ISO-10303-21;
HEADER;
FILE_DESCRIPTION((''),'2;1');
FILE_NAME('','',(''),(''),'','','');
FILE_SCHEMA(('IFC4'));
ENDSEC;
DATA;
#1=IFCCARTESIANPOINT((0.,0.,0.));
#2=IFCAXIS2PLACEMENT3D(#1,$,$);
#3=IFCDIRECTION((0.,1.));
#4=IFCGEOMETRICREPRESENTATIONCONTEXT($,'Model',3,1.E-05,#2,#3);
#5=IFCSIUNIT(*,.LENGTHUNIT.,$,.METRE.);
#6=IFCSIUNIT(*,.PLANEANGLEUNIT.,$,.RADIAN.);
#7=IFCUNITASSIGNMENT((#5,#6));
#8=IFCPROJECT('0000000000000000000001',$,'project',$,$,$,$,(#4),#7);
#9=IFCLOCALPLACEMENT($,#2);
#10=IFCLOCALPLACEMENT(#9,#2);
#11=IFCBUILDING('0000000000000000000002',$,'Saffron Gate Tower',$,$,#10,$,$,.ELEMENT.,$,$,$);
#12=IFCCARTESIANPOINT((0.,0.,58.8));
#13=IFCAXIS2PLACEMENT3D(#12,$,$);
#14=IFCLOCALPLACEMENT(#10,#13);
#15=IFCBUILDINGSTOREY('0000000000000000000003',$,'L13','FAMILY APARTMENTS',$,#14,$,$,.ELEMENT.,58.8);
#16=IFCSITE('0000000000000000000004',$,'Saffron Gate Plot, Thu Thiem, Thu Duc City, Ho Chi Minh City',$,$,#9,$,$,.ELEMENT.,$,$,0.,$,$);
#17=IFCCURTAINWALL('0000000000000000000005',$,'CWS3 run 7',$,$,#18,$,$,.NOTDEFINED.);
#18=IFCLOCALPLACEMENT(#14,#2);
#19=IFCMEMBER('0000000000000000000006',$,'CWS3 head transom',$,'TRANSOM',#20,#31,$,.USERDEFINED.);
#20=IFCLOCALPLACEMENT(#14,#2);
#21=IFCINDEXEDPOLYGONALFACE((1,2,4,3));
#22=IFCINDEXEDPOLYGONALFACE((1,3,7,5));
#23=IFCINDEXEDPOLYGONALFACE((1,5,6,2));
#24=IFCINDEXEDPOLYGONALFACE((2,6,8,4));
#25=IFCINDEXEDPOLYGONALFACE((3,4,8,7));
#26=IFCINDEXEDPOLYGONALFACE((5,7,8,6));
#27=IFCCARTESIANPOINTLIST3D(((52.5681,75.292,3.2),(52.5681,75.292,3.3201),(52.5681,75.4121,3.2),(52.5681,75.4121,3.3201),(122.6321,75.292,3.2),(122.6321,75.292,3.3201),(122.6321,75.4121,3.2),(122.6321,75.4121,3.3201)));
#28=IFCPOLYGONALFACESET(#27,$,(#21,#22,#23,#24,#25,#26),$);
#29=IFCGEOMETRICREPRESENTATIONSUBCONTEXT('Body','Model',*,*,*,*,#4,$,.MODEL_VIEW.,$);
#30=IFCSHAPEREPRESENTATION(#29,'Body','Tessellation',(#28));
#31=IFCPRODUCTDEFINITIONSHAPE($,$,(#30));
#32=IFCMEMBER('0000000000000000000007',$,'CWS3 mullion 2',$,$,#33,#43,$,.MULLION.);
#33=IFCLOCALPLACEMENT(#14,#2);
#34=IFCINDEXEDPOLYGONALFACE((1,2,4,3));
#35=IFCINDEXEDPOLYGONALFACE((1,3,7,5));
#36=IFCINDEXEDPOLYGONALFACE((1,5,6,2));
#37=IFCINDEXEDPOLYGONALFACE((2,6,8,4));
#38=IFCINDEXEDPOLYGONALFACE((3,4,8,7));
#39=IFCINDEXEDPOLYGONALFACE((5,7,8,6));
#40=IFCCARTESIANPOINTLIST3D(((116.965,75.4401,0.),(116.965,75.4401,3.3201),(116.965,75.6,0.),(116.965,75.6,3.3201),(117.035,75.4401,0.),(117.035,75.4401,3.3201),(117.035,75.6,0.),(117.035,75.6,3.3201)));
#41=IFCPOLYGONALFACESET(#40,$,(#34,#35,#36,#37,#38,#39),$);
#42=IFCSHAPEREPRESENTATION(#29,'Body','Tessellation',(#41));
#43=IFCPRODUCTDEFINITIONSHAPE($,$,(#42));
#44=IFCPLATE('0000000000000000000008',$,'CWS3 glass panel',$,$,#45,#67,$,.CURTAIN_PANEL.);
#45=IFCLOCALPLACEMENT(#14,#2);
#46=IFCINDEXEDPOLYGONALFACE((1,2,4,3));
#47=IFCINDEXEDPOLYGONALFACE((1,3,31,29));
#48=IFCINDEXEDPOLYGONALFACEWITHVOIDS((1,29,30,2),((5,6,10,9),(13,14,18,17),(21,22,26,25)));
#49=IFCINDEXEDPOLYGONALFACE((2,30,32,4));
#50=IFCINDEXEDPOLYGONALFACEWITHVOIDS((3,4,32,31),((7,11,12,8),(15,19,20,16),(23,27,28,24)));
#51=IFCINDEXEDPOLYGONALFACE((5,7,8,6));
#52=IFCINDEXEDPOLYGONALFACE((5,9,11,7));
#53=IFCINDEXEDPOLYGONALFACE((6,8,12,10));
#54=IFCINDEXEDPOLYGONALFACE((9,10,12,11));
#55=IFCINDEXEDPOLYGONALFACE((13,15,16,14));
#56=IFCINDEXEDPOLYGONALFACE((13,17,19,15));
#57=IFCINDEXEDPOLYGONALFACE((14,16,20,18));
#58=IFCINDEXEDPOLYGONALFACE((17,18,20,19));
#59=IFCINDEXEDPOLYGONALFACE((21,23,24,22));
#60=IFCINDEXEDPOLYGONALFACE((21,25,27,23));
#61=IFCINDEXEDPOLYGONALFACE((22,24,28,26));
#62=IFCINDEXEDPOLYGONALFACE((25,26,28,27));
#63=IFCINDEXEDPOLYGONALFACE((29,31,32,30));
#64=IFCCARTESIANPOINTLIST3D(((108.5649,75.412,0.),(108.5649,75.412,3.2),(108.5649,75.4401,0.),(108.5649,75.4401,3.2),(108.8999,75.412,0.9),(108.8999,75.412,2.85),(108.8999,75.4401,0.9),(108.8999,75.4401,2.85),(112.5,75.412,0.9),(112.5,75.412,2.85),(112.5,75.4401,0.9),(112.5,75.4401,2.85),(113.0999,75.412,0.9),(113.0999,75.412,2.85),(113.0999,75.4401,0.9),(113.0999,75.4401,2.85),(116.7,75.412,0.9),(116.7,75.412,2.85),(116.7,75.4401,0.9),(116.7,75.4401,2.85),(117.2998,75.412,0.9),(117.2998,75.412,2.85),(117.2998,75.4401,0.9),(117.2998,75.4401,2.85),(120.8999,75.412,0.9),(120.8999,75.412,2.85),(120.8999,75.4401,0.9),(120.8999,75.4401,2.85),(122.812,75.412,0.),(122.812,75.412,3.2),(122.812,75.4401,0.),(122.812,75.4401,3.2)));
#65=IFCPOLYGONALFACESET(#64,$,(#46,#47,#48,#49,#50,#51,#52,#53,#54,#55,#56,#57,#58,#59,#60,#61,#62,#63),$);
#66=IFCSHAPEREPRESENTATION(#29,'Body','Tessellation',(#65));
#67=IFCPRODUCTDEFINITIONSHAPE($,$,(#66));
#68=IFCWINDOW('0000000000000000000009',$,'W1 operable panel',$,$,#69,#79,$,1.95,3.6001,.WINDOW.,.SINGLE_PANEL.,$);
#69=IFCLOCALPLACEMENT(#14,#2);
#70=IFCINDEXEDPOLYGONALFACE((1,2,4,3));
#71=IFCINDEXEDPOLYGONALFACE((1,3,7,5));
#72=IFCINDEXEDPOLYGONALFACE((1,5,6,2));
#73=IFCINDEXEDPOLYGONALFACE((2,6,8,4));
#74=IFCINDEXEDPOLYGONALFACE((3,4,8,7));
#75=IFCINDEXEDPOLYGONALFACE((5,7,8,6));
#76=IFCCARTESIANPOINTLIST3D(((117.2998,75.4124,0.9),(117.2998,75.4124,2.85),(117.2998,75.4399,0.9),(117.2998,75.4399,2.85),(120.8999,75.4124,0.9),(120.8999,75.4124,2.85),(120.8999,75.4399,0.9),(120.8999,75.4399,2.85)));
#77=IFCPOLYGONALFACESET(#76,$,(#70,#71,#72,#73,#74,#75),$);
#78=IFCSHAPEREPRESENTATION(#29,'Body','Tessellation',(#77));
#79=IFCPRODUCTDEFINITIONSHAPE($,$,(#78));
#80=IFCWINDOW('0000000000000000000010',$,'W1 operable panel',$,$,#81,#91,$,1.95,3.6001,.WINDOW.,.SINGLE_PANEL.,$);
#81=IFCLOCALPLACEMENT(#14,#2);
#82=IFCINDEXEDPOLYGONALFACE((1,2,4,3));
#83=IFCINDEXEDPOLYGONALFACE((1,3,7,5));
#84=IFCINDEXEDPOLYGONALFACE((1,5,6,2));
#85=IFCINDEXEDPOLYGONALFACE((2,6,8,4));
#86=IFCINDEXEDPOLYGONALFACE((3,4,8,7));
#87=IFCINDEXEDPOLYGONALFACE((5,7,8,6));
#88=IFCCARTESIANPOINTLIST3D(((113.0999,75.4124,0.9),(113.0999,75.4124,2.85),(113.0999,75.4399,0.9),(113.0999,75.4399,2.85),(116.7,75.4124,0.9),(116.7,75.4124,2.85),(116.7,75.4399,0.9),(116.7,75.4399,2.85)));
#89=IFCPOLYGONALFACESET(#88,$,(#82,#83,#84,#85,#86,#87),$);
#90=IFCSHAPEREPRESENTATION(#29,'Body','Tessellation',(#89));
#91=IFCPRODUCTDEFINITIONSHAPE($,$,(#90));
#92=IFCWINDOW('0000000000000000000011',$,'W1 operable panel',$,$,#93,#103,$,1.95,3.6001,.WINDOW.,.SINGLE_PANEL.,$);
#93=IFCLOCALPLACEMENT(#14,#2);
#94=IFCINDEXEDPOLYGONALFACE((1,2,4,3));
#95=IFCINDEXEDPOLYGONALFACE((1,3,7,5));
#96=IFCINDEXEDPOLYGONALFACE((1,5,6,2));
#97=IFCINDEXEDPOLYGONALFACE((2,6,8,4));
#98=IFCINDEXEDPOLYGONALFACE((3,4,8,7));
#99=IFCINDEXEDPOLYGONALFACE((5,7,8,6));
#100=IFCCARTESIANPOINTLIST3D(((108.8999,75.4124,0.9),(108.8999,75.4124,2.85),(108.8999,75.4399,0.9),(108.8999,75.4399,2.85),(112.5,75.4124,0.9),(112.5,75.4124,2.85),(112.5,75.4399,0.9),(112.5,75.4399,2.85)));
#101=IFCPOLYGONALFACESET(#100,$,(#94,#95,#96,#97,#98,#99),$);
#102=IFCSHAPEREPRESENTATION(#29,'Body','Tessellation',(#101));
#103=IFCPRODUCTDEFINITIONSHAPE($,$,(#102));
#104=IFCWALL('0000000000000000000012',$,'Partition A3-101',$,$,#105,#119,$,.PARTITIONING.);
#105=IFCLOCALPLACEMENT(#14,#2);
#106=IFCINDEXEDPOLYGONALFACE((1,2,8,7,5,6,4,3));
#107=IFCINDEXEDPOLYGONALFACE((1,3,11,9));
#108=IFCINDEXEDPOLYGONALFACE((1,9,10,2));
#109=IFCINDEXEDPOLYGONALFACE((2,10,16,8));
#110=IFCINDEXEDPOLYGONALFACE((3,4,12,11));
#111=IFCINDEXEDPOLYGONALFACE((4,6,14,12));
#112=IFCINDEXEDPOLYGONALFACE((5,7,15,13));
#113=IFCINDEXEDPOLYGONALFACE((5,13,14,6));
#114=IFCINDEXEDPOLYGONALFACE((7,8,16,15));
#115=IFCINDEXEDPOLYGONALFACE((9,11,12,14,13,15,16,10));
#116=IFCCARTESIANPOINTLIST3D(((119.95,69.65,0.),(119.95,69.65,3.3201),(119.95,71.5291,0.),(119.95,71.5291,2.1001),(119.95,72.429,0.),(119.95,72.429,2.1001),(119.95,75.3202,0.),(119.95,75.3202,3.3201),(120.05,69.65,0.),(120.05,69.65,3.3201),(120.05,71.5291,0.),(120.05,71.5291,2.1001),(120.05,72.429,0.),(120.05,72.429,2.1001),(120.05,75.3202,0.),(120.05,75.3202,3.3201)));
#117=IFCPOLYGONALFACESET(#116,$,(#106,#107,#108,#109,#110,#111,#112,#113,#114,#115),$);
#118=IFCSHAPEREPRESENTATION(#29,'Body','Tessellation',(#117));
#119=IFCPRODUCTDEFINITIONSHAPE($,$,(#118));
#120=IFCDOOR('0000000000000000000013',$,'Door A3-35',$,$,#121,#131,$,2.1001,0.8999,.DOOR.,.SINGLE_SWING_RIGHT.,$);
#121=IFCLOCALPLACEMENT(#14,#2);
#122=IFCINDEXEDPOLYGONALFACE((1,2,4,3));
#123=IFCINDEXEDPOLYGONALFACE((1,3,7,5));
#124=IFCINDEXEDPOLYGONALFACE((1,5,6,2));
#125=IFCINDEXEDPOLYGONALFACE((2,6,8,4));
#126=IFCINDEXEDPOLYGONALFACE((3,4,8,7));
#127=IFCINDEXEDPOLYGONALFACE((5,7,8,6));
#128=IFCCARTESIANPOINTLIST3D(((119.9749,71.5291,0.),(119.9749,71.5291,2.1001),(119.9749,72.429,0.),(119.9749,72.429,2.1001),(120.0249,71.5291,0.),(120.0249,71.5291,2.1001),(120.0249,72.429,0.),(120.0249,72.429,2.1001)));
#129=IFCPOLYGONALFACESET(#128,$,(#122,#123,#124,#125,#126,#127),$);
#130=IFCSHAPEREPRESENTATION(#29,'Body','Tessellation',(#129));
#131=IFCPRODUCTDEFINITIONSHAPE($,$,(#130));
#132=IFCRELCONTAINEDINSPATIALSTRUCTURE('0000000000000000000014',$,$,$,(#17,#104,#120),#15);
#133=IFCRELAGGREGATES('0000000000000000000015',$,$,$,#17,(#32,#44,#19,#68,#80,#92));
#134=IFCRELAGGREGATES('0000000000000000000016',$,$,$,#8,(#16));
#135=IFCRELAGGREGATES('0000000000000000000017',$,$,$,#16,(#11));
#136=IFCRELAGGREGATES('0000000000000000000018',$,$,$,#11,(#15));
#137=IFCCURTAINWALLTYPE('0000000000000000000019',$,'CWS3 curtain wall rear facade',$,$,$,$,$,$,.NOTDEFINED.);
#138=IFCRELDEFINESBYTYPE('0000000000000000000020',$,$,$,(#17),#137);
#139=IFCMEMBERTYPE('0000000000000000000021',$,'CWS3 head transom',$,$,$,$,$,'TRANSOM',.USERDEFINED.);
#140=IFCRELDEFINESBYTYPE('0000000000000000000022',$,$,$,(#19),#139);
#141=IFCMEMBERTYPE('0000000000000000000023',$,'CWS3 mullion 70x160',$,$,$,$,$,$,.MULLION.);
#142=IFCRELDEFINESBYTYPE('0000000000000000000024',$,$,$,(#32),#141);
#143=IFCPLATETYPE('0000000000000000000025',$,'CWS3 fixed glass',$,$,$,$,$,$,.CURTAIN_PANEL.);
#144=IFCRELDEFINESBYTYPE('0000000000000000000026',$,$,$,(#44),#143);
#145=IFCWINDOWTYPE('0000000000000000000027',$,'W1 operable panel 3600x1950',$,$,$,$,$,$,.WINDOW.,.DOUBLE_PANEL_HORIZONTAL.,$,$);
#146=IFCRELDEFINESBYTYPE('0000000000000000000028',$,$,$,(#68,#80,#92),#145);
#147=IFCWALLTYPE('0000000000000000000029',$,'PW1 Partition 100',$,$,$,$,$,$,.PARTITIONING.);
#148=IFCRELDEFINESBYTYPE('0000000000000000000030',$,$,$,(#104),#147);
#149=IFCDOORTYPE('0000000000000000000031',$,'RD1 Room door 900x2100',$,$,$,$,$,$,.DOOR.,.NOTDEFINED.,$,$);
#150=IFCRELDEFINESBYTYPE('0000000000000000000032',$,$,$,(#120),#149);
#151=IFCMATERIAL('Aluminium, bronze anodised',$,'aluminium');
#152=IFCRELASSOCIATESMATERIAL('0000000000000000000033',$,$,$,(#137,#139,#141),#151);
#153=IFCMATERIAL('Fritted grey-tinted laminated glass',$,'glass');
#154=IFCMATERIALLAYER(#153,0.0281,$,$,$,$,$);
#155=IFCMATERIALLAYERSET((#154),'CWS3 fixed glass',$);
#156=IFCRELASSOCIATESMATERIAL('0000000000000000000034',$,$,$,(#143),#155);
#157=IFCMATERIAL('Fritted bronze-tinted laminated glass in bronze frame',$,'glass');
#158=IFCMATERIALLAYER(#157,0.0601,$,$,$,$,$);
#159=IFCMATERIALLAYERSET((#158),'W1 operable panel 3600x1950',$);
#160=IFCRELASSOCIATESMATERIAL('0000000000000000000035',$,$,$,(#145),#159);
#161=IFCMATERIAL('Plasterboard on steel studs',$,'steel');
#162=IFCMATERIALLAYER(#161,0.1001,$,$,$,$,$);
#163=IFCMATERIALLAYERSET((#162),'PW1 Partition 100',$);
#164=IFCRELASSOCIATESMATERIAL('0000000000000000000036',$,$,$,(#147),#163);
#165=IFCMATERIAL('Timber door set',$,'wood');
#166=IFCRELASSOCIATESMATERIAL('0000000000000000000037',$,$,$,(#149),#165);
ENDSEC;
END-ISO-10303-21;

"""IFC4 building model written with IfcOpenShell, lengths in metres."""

from ifc_helpers import new_model, si_unit, direction, frame, frame_2d, origin, origin_2d, place, context, subcontext, project, spatial, rectangle, extrude, material, layer, layer_set, material_profile, profile_set, type_object, element, fill, aggregate, save


model = new_model("IFC4")

# Units and contexts
model_context = context("Model", 3, precision=1e-05, world=origin(), true_north=direction((0.0, 1.0)))
body_context = subcontext(model_context, "Body", "Model", "MODEL_VIEW")
ifc_project = project(units=[si_unit("LENGTHUNIT", "METRE"), si_unit("PLANEANGLEUNIT", "RADIAN")], contexts=[model_context])

# Site, building, storey
site_placement = place(None, origin())
site = spatial("IfcSite", under=ifc_project, at=site_placement, Name="Saffron Gate Plot, Thu Thiem, Thu Duc City, Ho Chi Minh City", CompositionType="ELEMENT", RefElevation=0.0)
building_placement = place(site_placement, origin())
building = spatial("IfcBuilding", under=site, at=building_placement, Name="Saffron Gate Tower", CompositionType="ELEMENT")
storey_placement = place(building_placement, frame((0.0, 0.0, 58.8)))
storey = spatial("IfcBuildingStorey", under=building, at=storey_placement, Name="L13", Description="FAMILY APARTMENTS", CompositionType="ELEMENT", Elevation=58.8)

# Curtain wall, members, plate, openings, windows
ifc_material_1 = material(Name="Aluminium, bronze anodised", Category="aluminium")
curtain_wall_type = type_object("IfcCurtainWallType", Name="CWS3 curtain wall rear facade", PredefinedType="NOTDEFINED", material=ifc_material_1)
curtain_wall_placement = place(storey_placement, origin())
curtain_wall = element("IfcCurtainWall", 1, at=curtain_wall_placement, inside=storey, type_object=curtain_wall_type, Name="CWS3 run 7", PredefinedType="NOTDEFINED")
ifc_material_profile_1 = material_profile(ifc_material_1, rectangle(XDim=0.1201, YDim=0.1201, at=origin_2d()))
ifc_profile_set_1 = profile_set([ifc_material_profile_1], Name="Aluminium, bronze anodised")
member_type_1 = type_object("IfcMemberType", Name="CWS3 head transom", ElementType="TRANSOM", PredefinedType="USERDEFINED", material=ifc_profile_set_1)
member_1_placement = place(storey_placement, frame((122.6321, 75.3521, 3.26), z_axis=(-1.0, 0.0, 0.0), x_axis=(0.0, -1.0, 0.0)))
member_1 = element("IfcMember", 2, at=member_1_placement, type_object=member_type_1, Name="CWS3 head transom", ObjectType="TRANSOM", PredefinedType="USERDEFINED", context=body_context, shape_type="SweptSolid", body=[
    extrude(rectangle(XDim=0.1201, YDim=0.1201, at=origin_2d()), origin(), (0.0, 0.0, 1.0), 70.064),
])
ifc_material_profile_2 = material_profile(ifc_material_1, rectangle(XDim=0.1599, YDim=0.0701, at=origin_2d()))
ifc_profile_set_2 = profile_set([ifc_material_profile_2], Name="Aluminium, bronze anodised")
member_type_2 = type_object("IfcMemberType", Name="CWS3 mullion 70x160", PredefinedType="MULLION", material=ifc_profile_set_2)
member_2_placement = place(storey_placement, frame((117.0, 75.52, 0.0), z_axis=(0.0, 0.0, 1.0), x_axis=(0.0, -1.0, 0.0)))
member_2 = element("IfcMember", 3, at=member_2_placement, type_object=member_type_2, Name="CWS3 mullion 2", PredefinedType="MULLION", context=body_context, shape_type="SweptSolid", body=[
    extrude(rectangle(XDim=0.1599, YDim=0.0701, at=origin_2d()), origin(), (0.0, 0.0, 1.0), 3.3201),
])
ifc_material_2 = material(Name="Fritted grey-tinted laminated glass", Category="glass")
ifc_layer_1 = layer(ifc_material_2, 0.0281)
ifc_layer_set_1 = layer_set([ifc_layer_1], Name="CWS3 fixed glass")
plate_type = type_object("IfcPlateType", Name="CWS3 fixed glass", PredefinedType="CURTAIN_PANEL", material=ifc_layer_set_1)
plate_placement = place(storey_placement, frame((122.812, 75.426, 0.0), z_axis=(0.0, 0.0, 1.0), x_axis=(-1.0, 0.0, 0.0)))
plate = element("IfcPlate", 4, at=plate_placement, type_object=plate_type, Name="CWS3 glass panel", PredefinedType="CURTAIN_PANEL", context=body_context, shape_type="SweptSolid", body=[
    extrude(rectangle(XDim=14.2471, YDim=0.0281, at=frame_2d((7.1235, 0.0))), origin(), (0.0, 0.0, 1.0), 3.2),
])
opening_1_placement = place(plate_placement, frame((1.9121, 0.0, 0.8999)))
opening_1 = element("IfcOpeningElement", 5, at=opening_1_placement, cuts=plate, PredefinedType="OPENING", context=body_context, shape_type="SweptSolid", body=[
    extrude(rectangle(XDim=3.6001, YDim=1.95, at=frame_2d((1.8, 0.9751))), frame((0.0, 0.0239, 0.0), z_axis=(0.0, -1.0, 0.0), x_axis=(1.0, 0.0, 0.0)), (0.0, 0.0, 1.0), 0.0481),
])
opening_2_placement = place(plate_placement, frame((6.1121, 0.0, 0.8999)))
opening_2 = element("IfcOpeningElement", 6, at=opening_2_placement, cuts=plate, PredefinedType="OPENING", context=body_context, shape_type="SweptSolid", body=[
    extrude(rectangle(XDim=3.6001, YDim=1.95, at=frame_2d((1.8, 0.9751))), frame((0.0, 0.0239, 0.0), z_axis=(0.0, -1.0, 0.0), x_axis=(1.0, 0.0, 0.0)), (0.0, 0.0, 1.0), 0.0481),
])
opening_3_placement = place(plate_placement, frame((10.312, 0.0, 0.8999)))
opening_3 = element("IfcOpeningElement", 7, at=opening_3_placement, cuts=plate, PredefinedType="OPENING", context=body_context, shape_type="SweptSolid", body=[
    extrude(rectangle(XDim=3.6001, YDim=1.95, at=frame_2d((1.8, 0.9751))), frame((0.0, 0.0239, 0.0), z_axis=(0.0, -1.0, 0.0), x_axis=(1.0, 0.0, 0.0)), (0.0, 0.0, 1.0), 0.0481),
])
ifc_material_3 = material(Name="Fritted bronze-tinted laminated glass in bronze frame", Category="glass")
ifc_layer_2 = layer(ifc_material_3, 0.0601)
ifc_layer_set_2 = layer_set([ifc_layer_2], Name="W1 operable panel 3600x1950")
window_type = type_object("IfcWindowType", Name="W1 operable panel 3600x1950", PartitioningType="DOUBLE_PANEL_HORIZONTAL", PredefinedType="WINDOW", material=ifc_layer_set_2)
window_1_placement = place(opening_1_placement, origin())
window_1 = element("IfcWindow", 8, at=window_1_placement, type_object=window_type, Name="W1 operable panel", OverallHeight=1.95, OverallWidth=3.6001, PartitioningType="SINGLE_PANEL", PredefinedType="WINDOW", context=body_context, shape_type="SweptSolid", body=[
    extrude(rectangle(XDim=3.6001, YDim=1.95, at=frame_2d((1.8, 0.9751))), frame((0.0, 0.0137, 0.0), z_axis=(0.0, -1.0, 0.0), x_axis=(1.0, 0.0, 0.0)), (0.0, 0.0, 1.0), 0.0276),
])
fill(opening_1, window_1)
window_2_placement = place(opening_2_placement, origin())
window_2 = element("IfcWindow", 9, at=window_2_placement, type_object=window_type, Name="W1 operable panel", OverallHeight=1.95, OverallWidth=3.6001, PartitioningType="SINGLE_PANEL", PredefinedType="WINDOW", context=body_context, shape_type="SweptSolid", body=[
    extrude(rectangle(XDim=3.6001, YDim=1.95, at=frame_2d((1.8, 0.9751))), frame((0.0, 0.0137, 0.0), z_axis=(0.0, -1.0, 0.0), x_axis=(1.0, 0.0, 0.0)), (0.0, 0.0, 1.0), 0.0276),
])
fill(opening_2, window_2)
window_3_placement = place(opening_3_placement, origin())
window_3 = element("IfcWindow", 10, at=window_3_placement, type_object=window_type, Name="W1 operable panel", OverallHeight=1.95, OverallWidth=3.6001, PartitioningType="SINGLE_PANEL", PredefinedType="WINDOW", context=body_context, shape_type="SweptSolid", body=[
    extrude(rectangle(XDim=3.6001, YDim=1.95, at=frame_2d((1.8, 0.9751))), frame((0.0, 0.0137, 0.0), z_axis=(0.0, -1.0, 0.0), x_axis=(1.0, 0.0, 0.0)), (0.0, 0.0, 1.0), 0.0276),
])
fill(opening_3, window_3)
aggregate(curtain_wall, [member_2, plate, member_1, window_1, window_2, window_3])

# Wall, opening, door
ifc_material_4 = material(Name="Plasterboard on steel studs", Category="steel")
ifc_layer_3 = layer(ifc_material_4, 0.1001)
ifc_layer_set_3 = layer_set([ifc_layer_3], Name="PW1 Partition 100")
wall_type_1 = type_object("IfcWallType", Name="PW1 Partition 100", PredefinedType="PARTITIONING", material=ifc_layer_set_3)
wall_1_placement = place(storey_placement, frame((120.0, 75.3201, 0.0), z_axis=(0.0, 0.0, 1.0), x_axis=(0.0, -1.0, 0.0)))
wall_1 = element("IfcWall", 11, at=wall_1_placement, inside=storey, type_object=wall_type_1, Name="Partition A3-101", PredefinedType="PARTITIONING", context=body_context, shape_type="SweptSolid", body=[
    extrude(rectangle(XDim=5.6702, YDim=0.1001, at=frame_2d((2.835, 0.0))), origin(), (0.0, 0.0, 1.0), 3.3201),
])
opening_4_placement = place(wall_1_placement, frame((2.8911, 0.0, 0.0)))
opening_4 = element("IfcOpeningElement", 12, at=opening_4_placement, cuts=wall_1, PredefinedType="OPENING", context=body_context, shape_type="SweptSolid", body=[
    extrude(rectangle(XDim=0.8999, YDim=2.1001, at=frame_2d((0.45, 1.05))), frame((0.0, 0.0601, 0.0), z_axis=(0.0, -1.0, 0.0), x_axis=(1.0, 0.0, 0.0)), (0.0, 0.0, 1.0), 0.1201),
])
ifc_material_5 = material(Name="Timber door set", Category="wood")
door_type_1 = type_object("IfcDoorType", Name="RD1 Room door 900x2100", OperationType="NOTDEFINED", PredefinedType="DOOR", material=ifc_material_5)
door_1_placement = place(opening_4_placement, origin())
door_1 = element("IfcDoor", 13, at=door_1_placement, inside=storey, type_object=door_type_1, Name="Door A3-35", OperationType="SINGLE_SWING_RIGHT", OverallHeight=2.1001, OverallWidth=0.8999, PredefinedType="DOOR", context=body_context, shape_type="SweptSolid", body=[
    extrude(rectangle(XDim=0.8999, YDim=2.1001, at=frame_2d((0.45, 1.05))), frame((0.0, 0.0249, 0.0), z_axis=(0.0, -1.0, 0.0), x_axis=(1.0, 0.0, 0.0)), (0.0, 0.0, 1.0), 0.05),
])
fill(opening_4, door_1)

save(model, "model.ifc")
